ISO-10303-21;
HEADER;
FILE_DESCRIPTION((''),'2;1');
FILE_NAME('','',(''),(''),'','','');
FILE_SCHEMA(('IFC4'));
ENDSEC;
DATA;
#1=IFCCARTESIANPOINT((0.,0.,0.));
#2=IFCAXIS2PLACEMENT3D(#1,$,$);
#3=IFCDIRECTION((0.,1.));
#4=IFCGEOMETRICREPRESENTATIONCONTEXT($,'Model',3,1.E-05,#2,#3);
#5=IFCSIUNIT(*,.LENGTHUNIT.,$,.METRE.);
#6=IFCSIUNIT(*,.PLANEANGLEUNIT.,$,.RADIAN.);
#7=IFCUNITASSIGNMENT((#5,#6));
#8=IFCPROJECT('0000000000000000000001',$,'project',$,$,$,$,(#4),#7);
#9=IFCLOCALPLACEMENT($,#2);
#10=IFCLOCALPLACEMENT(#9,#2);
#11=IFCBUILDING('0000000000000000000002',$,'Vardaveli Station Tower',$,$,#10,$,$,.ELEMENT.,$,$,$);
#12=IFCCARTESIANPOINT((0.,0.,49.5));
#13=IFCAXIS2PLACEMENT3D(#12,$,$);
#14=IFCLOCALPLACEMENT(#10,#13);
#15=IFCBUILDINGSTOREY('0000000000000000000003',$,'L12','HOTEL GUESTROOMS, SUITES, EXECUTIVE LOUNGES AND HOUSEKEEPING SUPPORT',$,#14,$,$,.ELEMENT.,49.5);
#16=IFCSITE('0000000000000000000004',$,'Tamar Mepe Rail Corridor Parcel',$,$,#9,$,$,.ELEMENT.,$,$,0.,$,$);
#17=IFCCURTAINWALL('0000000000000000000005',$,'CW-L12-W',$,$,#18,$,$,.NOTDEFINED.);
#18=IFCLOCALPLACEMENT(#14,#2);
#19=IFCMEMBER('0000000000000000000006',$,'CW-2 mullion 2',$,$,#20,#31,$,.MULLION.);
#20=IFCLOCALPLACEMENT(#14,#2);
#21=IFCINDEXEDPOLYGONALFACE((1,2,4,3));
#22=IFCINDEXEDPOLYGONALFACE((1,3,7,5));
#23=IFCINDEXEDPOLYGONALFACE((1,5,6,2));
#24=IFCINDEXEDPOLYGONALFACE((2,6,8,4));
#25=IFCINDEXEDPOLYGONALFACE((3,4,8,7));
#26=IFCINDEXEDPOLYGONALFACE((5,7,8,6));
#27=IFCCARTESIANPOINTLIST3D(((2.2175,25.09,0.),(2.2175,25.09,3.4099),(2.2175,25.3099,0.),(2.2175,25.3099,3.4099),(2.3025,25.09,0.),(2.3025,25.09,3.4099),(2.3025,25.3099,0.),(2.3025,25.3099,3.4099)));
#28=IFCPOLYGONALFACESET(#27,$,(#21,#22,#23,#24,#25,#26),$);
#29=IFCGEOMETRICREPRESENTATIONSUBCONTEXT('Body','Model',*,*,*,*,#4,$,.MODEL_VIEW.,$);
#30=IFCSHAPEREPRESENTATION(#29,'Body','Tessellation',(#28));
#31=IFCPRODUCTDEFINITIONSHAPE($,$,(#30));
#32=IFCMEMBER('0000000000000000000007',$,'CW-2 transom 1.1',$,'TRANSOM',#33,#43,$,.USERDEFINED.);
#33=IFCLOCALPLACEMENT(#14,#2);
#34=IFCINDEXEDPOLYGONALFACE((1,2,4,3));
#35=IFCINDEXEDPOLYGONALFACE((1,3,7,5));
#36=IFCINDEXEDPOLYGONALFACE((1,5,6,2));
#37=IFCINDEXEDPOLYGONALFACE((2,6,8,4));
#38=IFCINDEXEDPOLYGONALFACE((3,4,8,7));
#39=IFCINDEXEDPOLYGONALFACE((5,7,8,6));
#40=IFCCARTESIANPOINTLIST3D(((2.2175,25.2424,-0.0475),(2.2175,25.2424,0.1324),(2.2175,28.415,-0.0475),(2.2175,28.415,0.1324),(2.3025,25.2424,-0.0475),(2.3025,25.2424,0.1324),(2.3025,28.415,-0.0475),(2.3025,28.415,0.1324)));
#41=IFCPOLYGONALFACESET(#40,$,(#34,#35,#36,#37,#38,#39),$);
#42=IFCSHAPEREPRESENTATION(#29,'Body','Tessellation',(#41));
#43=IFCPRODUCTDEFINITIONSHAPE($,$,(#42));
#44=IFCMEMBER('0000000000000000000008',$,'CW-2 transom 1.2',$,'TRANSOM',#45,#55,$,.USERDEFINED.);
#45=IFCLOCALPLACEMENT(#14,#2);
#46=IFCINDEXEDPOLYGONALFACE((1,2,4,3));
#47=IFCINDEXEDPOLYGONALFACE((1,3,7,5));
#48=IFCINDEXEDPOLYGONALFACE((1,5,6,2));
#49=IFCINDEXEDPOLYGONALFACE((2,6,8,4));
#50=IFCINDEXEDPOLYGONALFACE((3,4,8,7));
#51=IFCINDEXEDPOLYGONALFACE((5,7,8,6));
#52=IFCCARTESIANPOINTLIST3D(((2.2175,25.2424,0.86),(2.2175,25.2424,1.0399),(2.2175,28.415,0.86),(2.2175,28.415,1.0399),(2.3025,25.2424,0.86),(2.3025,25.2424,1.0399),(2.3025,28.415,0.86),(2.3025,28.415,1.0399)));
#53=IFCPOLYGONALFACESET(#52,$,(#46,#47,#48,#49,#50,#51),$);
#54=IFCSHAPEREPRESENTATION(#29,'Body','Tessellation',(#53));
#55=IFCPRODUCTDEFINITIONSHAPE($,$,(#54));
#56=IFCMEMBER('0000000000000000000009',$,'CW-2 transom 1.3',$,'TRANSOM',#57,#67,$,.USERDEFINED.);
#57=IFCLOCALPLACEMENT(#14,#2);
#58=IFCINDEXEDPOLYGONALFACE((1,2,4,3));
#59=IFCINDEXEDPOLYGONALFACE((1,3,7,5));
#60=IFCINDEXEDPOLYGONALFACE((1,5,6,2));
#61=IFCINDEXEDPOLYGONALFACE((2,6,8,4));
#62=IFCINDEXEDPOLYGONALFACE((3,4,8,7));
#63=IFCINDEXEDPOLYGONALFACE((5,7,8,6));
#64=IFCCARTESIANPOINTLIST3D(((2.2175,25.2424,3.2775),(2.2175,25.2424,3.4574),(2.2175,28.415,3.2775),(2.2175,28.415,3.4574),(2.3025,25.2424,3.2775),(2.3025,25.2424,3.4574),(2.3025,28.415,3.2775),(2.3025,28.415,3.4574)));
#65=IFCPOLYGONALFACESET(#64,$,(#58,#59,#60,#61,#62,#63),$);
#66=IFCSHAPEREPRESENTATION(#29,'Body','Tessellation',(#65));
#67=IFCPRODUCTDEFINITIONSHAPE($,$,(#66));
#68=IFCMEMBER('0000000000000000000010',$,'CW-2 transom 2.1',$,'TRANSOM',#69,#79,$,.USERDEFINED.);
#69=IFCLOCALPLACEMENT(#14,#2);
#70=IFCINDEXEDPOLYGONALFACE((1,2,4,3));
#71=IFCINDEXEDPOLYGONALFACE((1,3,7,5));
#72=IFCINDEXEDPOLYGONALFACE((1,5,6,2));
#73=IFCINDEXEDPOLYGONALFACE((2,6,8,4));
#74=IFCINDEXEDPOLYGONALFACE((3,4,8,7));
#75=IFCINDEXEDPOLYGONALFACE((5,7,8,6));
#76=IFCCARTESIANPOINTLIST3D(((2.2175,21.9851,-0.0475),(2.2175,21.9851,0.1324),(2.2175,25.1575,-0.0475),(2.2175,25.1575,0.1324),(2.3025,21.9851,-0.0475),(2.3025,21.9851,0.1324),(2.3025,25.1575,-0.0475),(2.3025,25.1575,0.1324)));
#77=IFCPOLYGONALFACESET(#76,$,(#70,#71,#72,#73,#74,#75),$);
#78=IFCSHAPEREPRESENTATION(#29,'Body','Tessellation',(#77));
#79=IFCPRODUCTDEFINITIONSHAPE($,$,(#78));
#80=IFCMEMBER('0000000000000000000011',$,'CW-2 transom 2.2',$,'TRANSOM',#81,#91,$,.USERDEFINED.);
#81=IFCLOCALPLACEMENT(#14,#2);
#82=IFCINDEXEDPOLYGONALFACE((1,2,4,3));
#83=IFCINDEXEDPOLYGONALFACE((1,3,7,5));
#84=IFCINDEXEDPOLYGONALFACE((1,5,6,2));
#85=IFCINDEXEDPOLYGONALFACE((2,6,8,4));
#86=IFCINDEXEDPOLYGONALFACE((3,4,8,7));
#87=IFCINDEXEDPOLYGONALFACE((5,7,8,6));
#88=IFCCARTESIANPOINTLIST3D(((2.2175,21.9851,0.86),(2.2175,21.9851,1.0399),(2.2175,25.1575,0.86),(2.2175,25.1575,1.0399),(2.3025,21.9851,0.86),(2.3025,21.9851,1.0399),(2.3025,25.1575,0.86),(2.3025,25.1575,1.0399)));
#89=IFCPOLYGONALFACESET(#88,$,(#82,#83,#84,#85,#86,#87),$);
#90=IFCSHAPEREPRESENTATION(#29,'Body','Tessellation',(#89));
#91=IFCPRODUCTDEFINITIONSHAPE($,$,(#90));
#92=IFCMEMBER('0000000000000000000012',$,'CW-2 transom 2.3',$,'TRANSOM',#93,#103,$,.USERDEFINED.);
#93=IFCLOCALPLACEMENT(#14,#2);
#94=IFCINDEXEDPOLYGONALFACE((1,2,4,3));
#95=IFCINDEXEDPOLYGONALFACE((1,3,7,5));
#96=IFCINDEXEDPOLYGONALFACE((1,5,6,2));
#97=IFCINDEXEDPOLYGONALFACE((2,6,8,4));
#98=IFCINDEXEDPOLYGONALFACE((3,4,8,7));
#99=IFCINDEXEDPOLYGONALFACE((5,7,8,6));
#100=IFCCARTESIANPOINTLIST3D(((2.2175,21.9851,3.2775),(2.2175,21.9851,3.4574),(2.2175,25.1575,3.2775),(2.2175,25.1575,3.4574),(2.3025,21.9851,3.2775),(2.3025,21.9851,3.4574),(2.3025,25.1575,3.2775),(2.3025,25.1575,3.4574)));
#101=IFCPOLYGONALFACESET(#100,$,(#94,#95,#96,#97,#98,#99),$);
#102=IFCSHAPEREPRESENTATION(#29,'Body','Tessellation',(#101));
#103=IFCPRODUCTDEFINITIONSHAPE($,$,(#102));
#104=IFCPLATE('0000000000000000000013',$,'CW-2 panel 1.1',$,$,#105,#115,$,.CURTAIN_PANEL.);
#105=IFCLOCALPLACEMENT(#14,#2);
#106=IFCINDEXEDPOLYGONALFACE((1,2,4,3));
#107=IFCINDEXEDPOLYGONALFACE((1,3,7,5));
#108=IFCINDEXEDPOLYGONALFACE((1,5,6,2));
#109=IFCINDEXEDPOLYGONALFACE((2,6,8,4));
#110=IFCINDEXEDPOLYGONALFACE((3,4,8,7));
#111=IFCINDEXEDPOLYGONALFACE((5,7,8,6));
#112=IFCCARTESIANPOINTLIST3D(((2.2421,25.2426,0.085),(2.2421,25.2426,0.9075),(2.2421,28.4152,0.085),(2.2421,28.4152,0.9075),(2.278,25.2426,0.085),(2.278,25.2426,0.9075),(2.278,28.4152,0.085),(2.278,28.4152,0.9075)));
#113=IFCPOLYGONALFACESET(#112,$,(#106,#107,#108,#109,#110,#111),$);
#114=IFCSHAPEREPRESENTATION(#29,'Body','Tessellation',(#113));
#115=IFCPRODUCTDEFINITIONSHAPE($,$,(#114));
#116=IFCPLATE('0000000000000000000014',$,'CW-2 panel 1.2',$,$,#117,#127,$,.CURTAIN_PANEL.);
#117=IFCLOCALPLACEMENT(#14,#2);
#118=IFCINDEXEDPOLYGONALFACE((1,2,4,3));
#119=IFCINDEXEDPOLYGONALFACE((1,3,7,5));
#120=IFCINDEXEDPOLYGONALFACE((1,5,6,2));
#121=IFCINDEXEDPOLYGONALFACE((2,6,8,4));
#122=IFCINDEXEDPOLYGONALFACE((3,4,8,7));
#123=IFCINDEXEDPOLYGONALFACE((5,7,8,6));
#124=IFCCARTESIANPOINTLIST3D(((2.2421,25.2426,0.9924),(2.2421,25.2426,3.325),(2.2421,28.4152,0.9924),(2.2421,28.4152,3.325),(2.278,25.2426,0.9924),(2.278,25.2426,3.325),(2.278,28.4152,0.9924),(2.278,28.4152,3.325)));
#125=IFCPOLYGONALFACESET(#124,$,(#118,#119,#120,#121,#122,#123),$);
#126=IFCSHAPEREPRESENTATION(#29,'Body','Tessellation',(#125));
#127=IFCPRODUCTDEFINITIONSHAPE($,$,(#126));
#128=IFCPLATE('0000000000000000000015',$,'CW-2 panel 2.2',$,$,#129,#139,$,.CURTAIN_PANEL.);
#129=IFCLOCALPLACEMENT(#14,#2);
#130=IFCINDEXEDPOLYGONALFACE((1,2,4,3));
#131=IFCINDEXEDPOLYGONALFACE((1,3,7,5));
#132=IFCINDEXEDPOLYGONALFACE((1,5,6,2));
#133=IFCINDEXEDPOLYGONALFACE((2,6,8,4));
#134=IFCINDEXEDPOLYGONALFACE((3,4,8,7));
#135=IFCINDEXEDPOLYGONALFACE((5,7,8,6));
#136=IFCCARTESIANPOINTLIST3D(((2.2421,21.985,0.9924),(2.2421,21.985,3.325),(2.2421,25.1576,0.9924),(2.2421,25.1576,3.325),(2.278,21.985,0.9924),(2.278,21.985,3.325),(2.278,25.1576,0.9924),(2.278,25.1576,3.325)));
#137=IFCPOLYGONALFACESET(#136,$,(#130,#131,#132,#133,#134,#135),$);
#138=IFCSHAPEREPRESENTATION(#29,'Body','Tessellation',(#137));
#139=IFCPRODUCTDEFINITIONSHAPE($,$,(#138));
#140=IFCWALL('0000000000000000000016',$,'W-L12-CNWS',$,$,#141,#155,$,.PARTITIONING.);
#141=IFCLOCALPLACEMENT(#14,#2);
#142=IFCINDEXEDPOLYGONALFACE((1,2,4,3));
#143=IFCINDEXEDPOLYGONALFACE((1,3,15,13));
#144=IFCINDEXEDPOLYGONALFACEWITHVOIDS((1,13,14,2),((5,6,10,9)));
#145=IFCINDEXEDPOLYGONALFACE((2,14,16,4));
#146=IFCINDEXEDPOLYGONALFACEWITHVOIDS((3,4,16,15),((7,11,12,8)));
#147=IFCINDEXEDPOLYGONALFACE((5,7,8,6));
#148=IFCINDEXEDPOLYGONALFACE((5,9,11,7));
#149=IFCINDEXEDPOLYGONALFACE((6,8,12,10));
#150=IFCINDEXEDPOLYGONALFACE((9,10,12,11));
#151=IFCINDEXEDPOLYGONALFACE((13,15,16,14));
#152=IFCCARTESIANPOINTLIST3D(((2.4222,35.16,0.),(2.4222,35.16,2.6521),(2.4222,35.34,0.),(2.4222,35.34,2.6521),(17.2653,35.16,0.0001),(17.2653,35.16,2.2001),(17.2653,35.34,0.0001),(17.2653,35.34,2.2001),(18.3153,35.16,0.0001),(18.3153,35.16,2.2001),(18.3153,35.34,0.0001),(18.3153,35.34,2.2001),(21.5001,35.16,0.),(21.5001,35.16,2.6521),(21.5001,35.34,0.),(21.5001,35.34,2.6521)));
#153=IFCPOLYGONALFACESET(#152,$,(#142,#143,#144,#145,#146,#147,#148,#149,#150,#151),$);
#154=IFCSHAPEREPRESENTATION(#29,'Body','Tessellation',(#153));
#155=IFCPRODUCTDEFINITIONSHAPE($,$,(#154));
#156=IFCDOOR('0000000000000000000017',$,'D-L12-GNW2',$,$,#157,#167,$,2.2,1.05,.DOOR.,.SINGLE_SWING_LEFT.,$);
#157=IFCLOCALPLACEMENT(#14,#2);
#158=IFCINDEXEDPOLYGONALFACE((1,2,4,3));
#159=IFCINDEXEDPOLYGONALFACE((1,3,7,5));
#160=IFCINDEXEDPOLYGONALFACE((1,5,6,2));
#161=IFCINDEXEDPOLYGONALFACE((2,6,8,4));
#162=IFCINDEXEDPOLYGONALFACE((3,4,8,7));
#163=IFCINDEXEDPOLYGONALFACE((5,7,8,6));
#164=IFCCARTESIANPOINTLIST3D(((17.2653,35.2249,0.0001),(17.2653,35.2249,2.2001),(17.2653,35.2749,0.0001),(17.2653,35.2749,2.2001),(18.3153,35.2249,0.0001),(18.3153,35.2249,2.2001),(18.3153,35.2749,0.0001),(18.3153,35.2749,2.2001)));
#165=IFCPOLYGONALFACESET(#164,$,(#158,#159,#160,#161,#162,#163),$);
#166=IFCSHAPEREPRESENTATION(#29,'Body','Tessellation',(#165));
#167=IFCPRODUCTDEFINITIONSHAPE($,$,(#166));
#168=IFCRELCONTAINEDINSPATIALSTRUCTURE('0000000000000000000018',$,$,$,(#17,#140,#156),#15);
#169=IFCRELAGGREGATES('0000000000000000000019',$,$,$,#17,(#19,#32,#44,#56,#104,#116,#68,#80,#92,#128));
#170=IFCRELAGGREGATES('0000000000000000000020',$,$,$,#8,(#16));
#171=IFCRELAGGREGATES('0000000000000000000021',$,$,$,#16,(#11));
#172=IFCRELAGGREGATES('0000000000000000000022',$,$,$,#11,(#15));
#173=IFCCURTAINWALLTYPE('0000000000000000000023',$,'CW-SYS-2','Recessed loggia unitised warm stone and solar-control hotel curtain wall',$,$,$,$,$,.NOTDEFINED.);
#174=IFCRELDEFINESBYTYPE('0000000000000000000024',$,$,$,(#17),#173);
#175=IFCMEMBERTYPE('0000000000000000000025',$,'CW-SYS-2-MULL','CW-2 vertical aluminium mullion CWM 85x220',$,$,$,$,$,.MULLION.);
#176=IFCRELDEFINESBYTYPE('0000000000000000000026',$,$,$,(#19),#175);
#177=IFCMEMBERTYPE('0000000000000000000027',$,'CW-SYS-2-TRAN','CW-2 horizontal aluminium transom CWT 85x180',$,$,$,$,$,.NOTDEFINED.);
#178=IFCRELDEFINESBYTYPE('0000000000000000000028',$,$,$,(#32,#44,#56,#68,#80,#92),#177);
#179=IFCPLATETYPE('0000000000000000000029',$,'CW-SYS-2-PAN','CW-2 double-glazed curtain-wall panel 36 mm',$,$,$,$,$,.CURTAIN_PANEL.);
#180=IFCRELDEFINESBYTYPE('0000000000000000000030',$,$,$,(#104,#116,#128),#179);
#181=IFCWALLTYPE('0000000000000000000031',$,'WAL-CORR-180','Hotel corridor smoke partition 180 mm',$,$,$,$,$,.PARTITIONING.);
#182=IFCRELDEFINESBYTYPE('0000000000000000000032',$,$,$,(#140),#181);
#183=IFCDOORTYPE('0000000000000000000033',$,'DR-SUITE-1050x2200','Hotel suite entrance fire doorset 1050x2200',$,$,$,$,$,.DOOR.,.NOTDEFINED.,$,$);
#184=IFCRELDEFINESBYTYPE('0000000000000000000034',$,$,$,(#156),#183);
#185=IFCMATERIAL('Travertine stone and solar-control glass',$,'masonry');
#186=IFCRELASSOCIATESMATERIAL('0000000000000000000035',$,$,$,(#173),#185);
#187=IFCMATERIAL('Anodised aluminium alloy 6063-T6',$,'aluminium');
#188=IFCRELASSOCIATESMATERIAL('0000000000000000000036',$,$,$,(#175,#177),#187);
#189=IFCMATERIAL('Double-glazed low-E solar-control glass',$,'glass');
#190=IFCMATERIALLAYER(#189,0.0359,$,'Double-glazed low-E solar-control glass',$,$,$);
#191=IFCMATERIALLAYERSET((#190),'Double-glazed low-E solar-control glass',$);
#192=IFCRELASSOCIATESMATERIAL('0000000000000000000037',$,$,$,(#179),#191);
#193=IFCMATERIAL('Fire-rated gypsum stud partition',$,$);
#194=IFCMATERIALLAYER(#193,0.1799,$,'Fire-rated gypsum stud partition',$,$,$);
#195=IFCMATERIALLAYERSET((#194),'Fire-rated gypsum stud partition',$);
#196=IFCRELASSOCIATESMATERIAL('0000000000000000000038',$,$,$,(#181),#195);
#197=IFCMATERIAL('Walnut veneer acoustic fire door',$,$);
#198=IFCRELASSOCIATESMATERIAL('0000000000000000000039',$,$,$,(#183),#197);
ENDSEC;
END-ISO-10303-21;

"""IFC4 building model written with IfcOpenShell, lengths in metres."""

from ifc_helpers import new_model, si_unit, direction, frame, frame_2d, origin, origin_2d, place, context, subcontext, project, spatial, rectangle, extrude, source, transform, mapped, material, layer, layer_set, material_profile, profile_set, type_object, element, fill, aggregate, save


model = new_model("IFC4")

# Units and contexts
model_context = context("Model", 3, precision=1e-05, world=origin(), true_north=direction((0.0, 1.0)))
body_context = subcontext(model_context, "Body", "Model", "MODEL_VIEW")
ifc_project = project(units=[si_unit("LENGTHUNIT", "METRE"), si_unit("PLANEANGLEUNIT", "RADIAN")], contexts=[model_context])

# Site, building, storey
site_placement = place(None, origin())
site = spatial("IfcSite", under=ifc_project, at=site_placement, Name="Tamar Mepe Rail Corridor Parcel", CompositionType="ELEMENT", RefElevation=0.0)
building_placement = place(site_placement, origin())
building = spatial("IfcBuilding", under=site, at=building_placement, Name="Vardaveli Station Tower", CompositionType="ELEMENT")
storey_placement = place(building_placement, frame((0.0, 0.0, 49.5)))
storey = spatial("IfcBuildingStorey", under=building, at=storey_placement, Name="L12", Description="HOTEL GUESTROOMS, SUITES, EXECUTIVE LOUNGES AND HOUSEKEEPING SUPPORT", CompositionType="ELEMENT", Elevation=49.5)

# Curtain wall, members, plates
ifc_material_1 = material(Name="Travertine stone and solar-control glass", Category="masonry")
curtain_wall_type = type_object("IfcCurtainWallType", Name="CW-SYS-2", Description="Recessed loggia unitised warm stone and solar-control hotel curtain wall", PredefinedType="NOTDEFINED", material=ifc_material_1)
curtain_wall_placement = place(storey_placement, origin())
curtain_wall = element("IfcCurtainWall", 1, at=curtain_wall_placement, inside=storey, type_object=curtain_wall_type, Name="CW-L12-W", PredefinedType="NOTDEFINED")
ifc_material_2 = material(Name="Anodised aluminium alloy 6063-T6", Category="aluminium")
ifc_material_profile_1 = material_profile(ifc_material_2, rectangle(XDim=0.085, YDim=0.22, at=origin_2d()), Name="CWM 85x220")
ifc_profile_set_1 = profile_set([ifc_material_profile_1], Name="Anodised aluminium alloy 6063-T6")
member_type_1 = type_object("IfcMemberType", Name="CW-SYS-2-MULL", Description="CW-2 vertical aluminium mullion CWM 85x220", PredefinedType="MULLION", material=ifc_profile_set_1)
shared_shape_1 = source(origin(), body_context, "Body", "SweptSolid", [
    extrude(rectangle(XDim=0.085, YDim=0.22, at=origin_2d()), origin(), (0.0, 0.0, 1.0), 3.4099),
])
member_1_placement = place(storey_placement, frame((2.26, 25.2, 0.0), z_axis=(0.0, 0.0, 1.0), x_axis=(1.0, 0.0, 0.0)))
member_1 = element("IfcMember", 2, at=member_1_placement, type_object=member_type_1, Name="CW-2 mullion 2", PredefinedType="MULLION", context=body_context, shape_type="MappedRepresentation", body=[
    mapped(shared_shape_1, transform((0.0, 0.0, 0.0), scale=1.0)),
])
ifc_material_profile_2 = material_profile(ifc_material_2, rectangle(XDim=0.085, YDim=0.1799, at=origin_2d()), Name="CWT 85x180")
ifc_profile_set_2 = profile_set([ifc_material_profile_2], Name="Anodised aluminium alloy 6063-T6")
member_type_2 = type_object("IfcMemberType", Name="CW-SYS-2-TRAN", Description="CW-2 horizontal aluminium transom CWT 85x180", PredefinedType="NOTDEFINED", material=ifc_profile_set_2)
shared_shape_2 = source(origin(), body_context, "Body", "SweptSolid", [
    extrude(rectangle(XDim=0.085, YDim=0.1799, at=origin_2d()), origin(), (0.0, 0.0, 1.0), 3.1726),
])
member_2_placement = place(storey_placement, frame((2.26, 28.415, 0.0425), z_axis=(0.0, -1.0, 0.0), x_axis=(1.0, 0.0, 0.0)))
member_2 = element("IfcMember", 3, at=member_2_placement, type_object=member_type_2, Name="CW-2 transom 1.1", ObjectType="TRANSOM", PredefinedType="USERDEFINED", context=body_context, shape_type="MappedRepresentation", body=[
    mapped(shared_shape_2, transform((0.0, 0.0, 0.0), scale=1.0)),
])
member_3_placement = place(storey_placement, frame((2.26, 28.415, 0.95), z_axis=(0.0, -1.0, 0.0), x_axis=(1.0, 0.0, 0.0)))
member_3 = element("IfcMember", 4, at=member_3_placement, type_object=member_type_2, Name="CW-2 transom 1.2", ObjectType="TRANSOM", PredefinedType="USERDEFINED", context=body_context, shape_type="MappedRepresentation", body=[
    mapped(shared_shape_2, transform((0.0, 0.0, 0.0), scale=1.0)),
])
member_4_placement = place(storey_placement, frame((2.26, 28.415, 3.3674), z_axis=(0.0, -1.0, 0.0), x_axis=(1.0, 0.0, 0.0)))
member_4 = element("IfcMember", 5, at=member_4_placement, type_object=member_type_2, Name="CW-2 transom 1.3", ObjectType="TRANSOM", PredefinedType="USERDEFINED", context=body_context, shape_type="MappedRepresentation", body=[
    mapped(shared_shape_2, transform((0.0, 0.0, 0.0), scale=1.0)),
])
shared_shape_3 = source(origin(), body_context, "Body", "SweptSolid", [
    extrude(rectangle(XDim=0.085, YDim=0.1799, at=origin_2d()), origin(), (0.0, 0.0, 1.0), 3.1724),
])
member_5_placement = place(storey_placement, frame((2.26, 25.1575, 0.0425), z_axis=(0.0, -1.0, 0.0), x_axis=(1.0, 0.0, 0.0)))
member_5 = element("IfcMember", 6, at=member_5_placement, type_object=member_type_2, Name="CW-2 transom 2.1", ObjectType="TRANSOM", PredefinedType="USERDEFINED", context=body_context, shape_type="MappedRepresentation", body=[
    mapped(shared_shape_3, transform((0.0, 0.0, 0.0), scale=1.0)),
])
member_6_placement = place(storey_placement, frame((2.26, 25.1575, 0.95), z_axis=(0.0, -1.0, 0.0), x_axis=(1.0, 0.0, 0.0)))
member_6 = element("IfcMember", 7, at=member_6_placement, type_object=member_type_2, Name="CW-2 transom 2.2", ObjectType="TRANSOM", PredefinedType="USERDEFINED", context=body_context, shape_type="MappedRepresentation", body=[
    mapped(shared_shape_3, transform((0.0, 0.0, 0.0), scale=1.0)),
])
member_7_placement = place(storey_placement, frame((2.26, 25.1575, 3.3674), z_axis=(0.0, -1.0, 0.0), x_axis=(1.0, 0.0, 0.0)))
member_7 = element("IfcMember", 8, at=member_7_placement, type_object=member_type_2, Name="CW-2 transom 2.3", ObjectType="TRANSOM", PredefinedType="USERDEFINED", context=body_context, shape_type="MappedRepresentation", body=[
    mapped(shared_shape_3, transform((0.0, 0.0, 0.0), scale=1.0)),
])
ifc_material_3 = material(Name="Double-glazed low-E solar-control glass", Category="glass")
ifc_layer_1 = layer(ifc_material_3, 0.0359, Name="Double-glazed low-E solar-control glass")
ifc_layer_set_1 = layer_set([ifc_layer_1], Name="Double-glazed low-E solar-control glass")
plate_type = type_object("IfcPlateType", Name="CW-SYS-2-PAN", Description="CW-2 double-glazed curtain-wall panel 36 mm", PredefinedType="CURTAIN_PANEL", material=ifc_layer_set_1)
shared_shape_4 = source(origin(), body_context, "Body", "SweptSolid", [
    extrude(rectangle(XDim=3.1726, YDim=0.0359, at=origin_2d()), origin(), (0.0, 0.0, 1.0), 0.8225),
])
plate_1_placement = place(storey_placement, frame((2.26, 26.8289, 0.085), z_axis=(0.0, 0.0, 1.0), x_axis=(0.0, -1.0, 0.0)))
plate_1 = element("IfcPlate", 9, at=plate_1_placement, type_object=plate_type, Name="CW-2 panel 1.1", PredefinedType="CURTAIN_PANEL", context=body_context, shape_type="MappedRepresentation", body=[
    mapped(shared_shape_4, transform((0.0, 0.0, 0.0), scale=1.0)),
])
shared_shape_5 = source(origin(), body_context, "Body", "SweptSolid", [
    extrude(rectangle(XDim=3.1726, YDim=0.0359, at=origin_2d()), origin(), (0.0, 0.0, 1.0), 2.3325),
])
plate_2_placement = place(storey_placement, frame((2.26, 26.8289, 0.9924), z_axis=(0.0, 0.0, 1.0), x_axis=(0.0, -1.0, 0.0)))
plate_2 = element("IfcPlate", 10, at=plate_2_placement, type_object=plate_type, Name="CW-2 panel 1.2", PredefinedType="CURTAIN_PANEL", context=body_context, shape_type="MappedRepresentation", body=[
    mapped(shared_shape_5, transform((0.0, 0.0, 0.0), scale=1.0)),
])
plate_3_placement = place(storey_placement, frame((2.26, 23.5713, 0.9924), z_axis=(0.0, 0.0, 1.0), x_axis=(0.0, -1.0, 0.0)))
plate_3 = element("IfcPlate", 11, at=plate_3_placement, type_object=plate_type, Name="CW-2 panel 2.2", PredefinedType="CURTAIN_PANEL", context=body_context, shape_type="MappedRepresentation", body=[
    mapped(shared_shape_5, transform((0.0, 0.0, 0.0), scale=1.0)),
])
aggregate(curtain_wall, [member_1, member_2, member_3, member_4, plate_1, plate_2, member_5, member_6, member_7, plate_3])

# Wall, opening, door
ifc_material_4 = material(Name="Fire-rated gypsum stud partition")
ifc_layer_2 = layer(ifc_material_4, 0.1799, Name="Fire-rated gypsum stud partition")
ifc_layer_set_2 = layer_set([ifc_layer_2], Name="Fire-rated gypsum stud partition")
wall_type = type_object("IfcWallType", Name="WAL-CORR-180", Description="Hotel corridor smoke partition 180 mm", PredefinedType="PARTITIONING", material=ifc_layer_set_2)
shared_shape_6 = source(origin(), body_context, "Body", "SweptSolid", [
    extrude(rectangle(XDim=19.0779, YDim=0.1799, at=frame_2d((9.5391, 0.0))), origin(), (0.0, 0.0, 1.0), 2.6521),
])
wall_1_placement = place(storey_placement, frame((2.4221, 35.25, 0.0), z_axis=(0.0, 0.0, 1.0), x_axis=(1.0, 0.0, 0.0)))
wall_1 = element("IfcWall", 12, at=wall_1_placement, inside=storey, type_object=wall_type, Name="W-L12-CNWS", PredefinedType="PARTITIONING", context=body_context, shape_type="MappedRepresentation", body=[
    mapped(shared_shape_6, transform((0.0, 0.0, 0.0), scale=1.0)),
])
shared_shape_7 = source(origin(), body_context, "Body", "SweptSolid", [
    extrude(rectangle(XDim=1.05, YDim=2.2, at=frame_2d((0.5249, 1.1001))), frame((0.0, 0.1001, 0.0), z_axis=(0.0, -1.0, 0.0), x_axis=(1.0, 0.0, 0.0)), (0.0, 0.0, 1.0), 0.2),
])
opening_placement = place(wall_1_placement, frame((14.8433, 0.0, 0.0)))
opening = element("IfcOpeningElement", 13, at=opening_placement, cuts=wall_1, PredefinedType="OPENING", context=body_context, shape_type="MappedRepresentation", body=[
    mapped(shared_shape_7, transform((0.0, 0.0, 0.0), scale=1.0)),
])
ifc_material_5 = material(Name="Walnut veneer acoustic fire door")
door_type = type_object("IfcDoorType", Name="DR-SUITE-1050x2200", Description="Hotel suite entrance fire doorset 1050x2200", OperationType="NOTDEFINED", PredefinedType="DOOR", material=ifc_material_5)
shared_shape_8 = source(origin(), body_context, "Body", "SweptSolid", [
    extrude(rectangle(XDim=1.05, YDim=2.2, at=frame_2d((0.5249, 1.1001))), frame((0.0, 0.0249, 0.0), z_axis=(0.0, -1.0, 0.0), x_axis=(1.0, 0.0, 0.0)), (0.0, 0.0, 1.0), 0.05),
])
door_placement = place(opening_placement, origin())
door = element("IfcDoor", 14, at=door_placement, inside=storey, type_object=door_type, Name="D-L12-GNW2", OperationType="SINGLE_SWING_LEFT", OverallHeight=2.2, OverallWidth=1.05, PredefinedType="DOOR", context=body_context, shape_type="MappedRepresentation", body=[
    mapped(shared_shape_8, transform((0.0, 0.0, 0.0), scale=1.0)),
])
fill(opening, door)

save(model, "model.ifc")
